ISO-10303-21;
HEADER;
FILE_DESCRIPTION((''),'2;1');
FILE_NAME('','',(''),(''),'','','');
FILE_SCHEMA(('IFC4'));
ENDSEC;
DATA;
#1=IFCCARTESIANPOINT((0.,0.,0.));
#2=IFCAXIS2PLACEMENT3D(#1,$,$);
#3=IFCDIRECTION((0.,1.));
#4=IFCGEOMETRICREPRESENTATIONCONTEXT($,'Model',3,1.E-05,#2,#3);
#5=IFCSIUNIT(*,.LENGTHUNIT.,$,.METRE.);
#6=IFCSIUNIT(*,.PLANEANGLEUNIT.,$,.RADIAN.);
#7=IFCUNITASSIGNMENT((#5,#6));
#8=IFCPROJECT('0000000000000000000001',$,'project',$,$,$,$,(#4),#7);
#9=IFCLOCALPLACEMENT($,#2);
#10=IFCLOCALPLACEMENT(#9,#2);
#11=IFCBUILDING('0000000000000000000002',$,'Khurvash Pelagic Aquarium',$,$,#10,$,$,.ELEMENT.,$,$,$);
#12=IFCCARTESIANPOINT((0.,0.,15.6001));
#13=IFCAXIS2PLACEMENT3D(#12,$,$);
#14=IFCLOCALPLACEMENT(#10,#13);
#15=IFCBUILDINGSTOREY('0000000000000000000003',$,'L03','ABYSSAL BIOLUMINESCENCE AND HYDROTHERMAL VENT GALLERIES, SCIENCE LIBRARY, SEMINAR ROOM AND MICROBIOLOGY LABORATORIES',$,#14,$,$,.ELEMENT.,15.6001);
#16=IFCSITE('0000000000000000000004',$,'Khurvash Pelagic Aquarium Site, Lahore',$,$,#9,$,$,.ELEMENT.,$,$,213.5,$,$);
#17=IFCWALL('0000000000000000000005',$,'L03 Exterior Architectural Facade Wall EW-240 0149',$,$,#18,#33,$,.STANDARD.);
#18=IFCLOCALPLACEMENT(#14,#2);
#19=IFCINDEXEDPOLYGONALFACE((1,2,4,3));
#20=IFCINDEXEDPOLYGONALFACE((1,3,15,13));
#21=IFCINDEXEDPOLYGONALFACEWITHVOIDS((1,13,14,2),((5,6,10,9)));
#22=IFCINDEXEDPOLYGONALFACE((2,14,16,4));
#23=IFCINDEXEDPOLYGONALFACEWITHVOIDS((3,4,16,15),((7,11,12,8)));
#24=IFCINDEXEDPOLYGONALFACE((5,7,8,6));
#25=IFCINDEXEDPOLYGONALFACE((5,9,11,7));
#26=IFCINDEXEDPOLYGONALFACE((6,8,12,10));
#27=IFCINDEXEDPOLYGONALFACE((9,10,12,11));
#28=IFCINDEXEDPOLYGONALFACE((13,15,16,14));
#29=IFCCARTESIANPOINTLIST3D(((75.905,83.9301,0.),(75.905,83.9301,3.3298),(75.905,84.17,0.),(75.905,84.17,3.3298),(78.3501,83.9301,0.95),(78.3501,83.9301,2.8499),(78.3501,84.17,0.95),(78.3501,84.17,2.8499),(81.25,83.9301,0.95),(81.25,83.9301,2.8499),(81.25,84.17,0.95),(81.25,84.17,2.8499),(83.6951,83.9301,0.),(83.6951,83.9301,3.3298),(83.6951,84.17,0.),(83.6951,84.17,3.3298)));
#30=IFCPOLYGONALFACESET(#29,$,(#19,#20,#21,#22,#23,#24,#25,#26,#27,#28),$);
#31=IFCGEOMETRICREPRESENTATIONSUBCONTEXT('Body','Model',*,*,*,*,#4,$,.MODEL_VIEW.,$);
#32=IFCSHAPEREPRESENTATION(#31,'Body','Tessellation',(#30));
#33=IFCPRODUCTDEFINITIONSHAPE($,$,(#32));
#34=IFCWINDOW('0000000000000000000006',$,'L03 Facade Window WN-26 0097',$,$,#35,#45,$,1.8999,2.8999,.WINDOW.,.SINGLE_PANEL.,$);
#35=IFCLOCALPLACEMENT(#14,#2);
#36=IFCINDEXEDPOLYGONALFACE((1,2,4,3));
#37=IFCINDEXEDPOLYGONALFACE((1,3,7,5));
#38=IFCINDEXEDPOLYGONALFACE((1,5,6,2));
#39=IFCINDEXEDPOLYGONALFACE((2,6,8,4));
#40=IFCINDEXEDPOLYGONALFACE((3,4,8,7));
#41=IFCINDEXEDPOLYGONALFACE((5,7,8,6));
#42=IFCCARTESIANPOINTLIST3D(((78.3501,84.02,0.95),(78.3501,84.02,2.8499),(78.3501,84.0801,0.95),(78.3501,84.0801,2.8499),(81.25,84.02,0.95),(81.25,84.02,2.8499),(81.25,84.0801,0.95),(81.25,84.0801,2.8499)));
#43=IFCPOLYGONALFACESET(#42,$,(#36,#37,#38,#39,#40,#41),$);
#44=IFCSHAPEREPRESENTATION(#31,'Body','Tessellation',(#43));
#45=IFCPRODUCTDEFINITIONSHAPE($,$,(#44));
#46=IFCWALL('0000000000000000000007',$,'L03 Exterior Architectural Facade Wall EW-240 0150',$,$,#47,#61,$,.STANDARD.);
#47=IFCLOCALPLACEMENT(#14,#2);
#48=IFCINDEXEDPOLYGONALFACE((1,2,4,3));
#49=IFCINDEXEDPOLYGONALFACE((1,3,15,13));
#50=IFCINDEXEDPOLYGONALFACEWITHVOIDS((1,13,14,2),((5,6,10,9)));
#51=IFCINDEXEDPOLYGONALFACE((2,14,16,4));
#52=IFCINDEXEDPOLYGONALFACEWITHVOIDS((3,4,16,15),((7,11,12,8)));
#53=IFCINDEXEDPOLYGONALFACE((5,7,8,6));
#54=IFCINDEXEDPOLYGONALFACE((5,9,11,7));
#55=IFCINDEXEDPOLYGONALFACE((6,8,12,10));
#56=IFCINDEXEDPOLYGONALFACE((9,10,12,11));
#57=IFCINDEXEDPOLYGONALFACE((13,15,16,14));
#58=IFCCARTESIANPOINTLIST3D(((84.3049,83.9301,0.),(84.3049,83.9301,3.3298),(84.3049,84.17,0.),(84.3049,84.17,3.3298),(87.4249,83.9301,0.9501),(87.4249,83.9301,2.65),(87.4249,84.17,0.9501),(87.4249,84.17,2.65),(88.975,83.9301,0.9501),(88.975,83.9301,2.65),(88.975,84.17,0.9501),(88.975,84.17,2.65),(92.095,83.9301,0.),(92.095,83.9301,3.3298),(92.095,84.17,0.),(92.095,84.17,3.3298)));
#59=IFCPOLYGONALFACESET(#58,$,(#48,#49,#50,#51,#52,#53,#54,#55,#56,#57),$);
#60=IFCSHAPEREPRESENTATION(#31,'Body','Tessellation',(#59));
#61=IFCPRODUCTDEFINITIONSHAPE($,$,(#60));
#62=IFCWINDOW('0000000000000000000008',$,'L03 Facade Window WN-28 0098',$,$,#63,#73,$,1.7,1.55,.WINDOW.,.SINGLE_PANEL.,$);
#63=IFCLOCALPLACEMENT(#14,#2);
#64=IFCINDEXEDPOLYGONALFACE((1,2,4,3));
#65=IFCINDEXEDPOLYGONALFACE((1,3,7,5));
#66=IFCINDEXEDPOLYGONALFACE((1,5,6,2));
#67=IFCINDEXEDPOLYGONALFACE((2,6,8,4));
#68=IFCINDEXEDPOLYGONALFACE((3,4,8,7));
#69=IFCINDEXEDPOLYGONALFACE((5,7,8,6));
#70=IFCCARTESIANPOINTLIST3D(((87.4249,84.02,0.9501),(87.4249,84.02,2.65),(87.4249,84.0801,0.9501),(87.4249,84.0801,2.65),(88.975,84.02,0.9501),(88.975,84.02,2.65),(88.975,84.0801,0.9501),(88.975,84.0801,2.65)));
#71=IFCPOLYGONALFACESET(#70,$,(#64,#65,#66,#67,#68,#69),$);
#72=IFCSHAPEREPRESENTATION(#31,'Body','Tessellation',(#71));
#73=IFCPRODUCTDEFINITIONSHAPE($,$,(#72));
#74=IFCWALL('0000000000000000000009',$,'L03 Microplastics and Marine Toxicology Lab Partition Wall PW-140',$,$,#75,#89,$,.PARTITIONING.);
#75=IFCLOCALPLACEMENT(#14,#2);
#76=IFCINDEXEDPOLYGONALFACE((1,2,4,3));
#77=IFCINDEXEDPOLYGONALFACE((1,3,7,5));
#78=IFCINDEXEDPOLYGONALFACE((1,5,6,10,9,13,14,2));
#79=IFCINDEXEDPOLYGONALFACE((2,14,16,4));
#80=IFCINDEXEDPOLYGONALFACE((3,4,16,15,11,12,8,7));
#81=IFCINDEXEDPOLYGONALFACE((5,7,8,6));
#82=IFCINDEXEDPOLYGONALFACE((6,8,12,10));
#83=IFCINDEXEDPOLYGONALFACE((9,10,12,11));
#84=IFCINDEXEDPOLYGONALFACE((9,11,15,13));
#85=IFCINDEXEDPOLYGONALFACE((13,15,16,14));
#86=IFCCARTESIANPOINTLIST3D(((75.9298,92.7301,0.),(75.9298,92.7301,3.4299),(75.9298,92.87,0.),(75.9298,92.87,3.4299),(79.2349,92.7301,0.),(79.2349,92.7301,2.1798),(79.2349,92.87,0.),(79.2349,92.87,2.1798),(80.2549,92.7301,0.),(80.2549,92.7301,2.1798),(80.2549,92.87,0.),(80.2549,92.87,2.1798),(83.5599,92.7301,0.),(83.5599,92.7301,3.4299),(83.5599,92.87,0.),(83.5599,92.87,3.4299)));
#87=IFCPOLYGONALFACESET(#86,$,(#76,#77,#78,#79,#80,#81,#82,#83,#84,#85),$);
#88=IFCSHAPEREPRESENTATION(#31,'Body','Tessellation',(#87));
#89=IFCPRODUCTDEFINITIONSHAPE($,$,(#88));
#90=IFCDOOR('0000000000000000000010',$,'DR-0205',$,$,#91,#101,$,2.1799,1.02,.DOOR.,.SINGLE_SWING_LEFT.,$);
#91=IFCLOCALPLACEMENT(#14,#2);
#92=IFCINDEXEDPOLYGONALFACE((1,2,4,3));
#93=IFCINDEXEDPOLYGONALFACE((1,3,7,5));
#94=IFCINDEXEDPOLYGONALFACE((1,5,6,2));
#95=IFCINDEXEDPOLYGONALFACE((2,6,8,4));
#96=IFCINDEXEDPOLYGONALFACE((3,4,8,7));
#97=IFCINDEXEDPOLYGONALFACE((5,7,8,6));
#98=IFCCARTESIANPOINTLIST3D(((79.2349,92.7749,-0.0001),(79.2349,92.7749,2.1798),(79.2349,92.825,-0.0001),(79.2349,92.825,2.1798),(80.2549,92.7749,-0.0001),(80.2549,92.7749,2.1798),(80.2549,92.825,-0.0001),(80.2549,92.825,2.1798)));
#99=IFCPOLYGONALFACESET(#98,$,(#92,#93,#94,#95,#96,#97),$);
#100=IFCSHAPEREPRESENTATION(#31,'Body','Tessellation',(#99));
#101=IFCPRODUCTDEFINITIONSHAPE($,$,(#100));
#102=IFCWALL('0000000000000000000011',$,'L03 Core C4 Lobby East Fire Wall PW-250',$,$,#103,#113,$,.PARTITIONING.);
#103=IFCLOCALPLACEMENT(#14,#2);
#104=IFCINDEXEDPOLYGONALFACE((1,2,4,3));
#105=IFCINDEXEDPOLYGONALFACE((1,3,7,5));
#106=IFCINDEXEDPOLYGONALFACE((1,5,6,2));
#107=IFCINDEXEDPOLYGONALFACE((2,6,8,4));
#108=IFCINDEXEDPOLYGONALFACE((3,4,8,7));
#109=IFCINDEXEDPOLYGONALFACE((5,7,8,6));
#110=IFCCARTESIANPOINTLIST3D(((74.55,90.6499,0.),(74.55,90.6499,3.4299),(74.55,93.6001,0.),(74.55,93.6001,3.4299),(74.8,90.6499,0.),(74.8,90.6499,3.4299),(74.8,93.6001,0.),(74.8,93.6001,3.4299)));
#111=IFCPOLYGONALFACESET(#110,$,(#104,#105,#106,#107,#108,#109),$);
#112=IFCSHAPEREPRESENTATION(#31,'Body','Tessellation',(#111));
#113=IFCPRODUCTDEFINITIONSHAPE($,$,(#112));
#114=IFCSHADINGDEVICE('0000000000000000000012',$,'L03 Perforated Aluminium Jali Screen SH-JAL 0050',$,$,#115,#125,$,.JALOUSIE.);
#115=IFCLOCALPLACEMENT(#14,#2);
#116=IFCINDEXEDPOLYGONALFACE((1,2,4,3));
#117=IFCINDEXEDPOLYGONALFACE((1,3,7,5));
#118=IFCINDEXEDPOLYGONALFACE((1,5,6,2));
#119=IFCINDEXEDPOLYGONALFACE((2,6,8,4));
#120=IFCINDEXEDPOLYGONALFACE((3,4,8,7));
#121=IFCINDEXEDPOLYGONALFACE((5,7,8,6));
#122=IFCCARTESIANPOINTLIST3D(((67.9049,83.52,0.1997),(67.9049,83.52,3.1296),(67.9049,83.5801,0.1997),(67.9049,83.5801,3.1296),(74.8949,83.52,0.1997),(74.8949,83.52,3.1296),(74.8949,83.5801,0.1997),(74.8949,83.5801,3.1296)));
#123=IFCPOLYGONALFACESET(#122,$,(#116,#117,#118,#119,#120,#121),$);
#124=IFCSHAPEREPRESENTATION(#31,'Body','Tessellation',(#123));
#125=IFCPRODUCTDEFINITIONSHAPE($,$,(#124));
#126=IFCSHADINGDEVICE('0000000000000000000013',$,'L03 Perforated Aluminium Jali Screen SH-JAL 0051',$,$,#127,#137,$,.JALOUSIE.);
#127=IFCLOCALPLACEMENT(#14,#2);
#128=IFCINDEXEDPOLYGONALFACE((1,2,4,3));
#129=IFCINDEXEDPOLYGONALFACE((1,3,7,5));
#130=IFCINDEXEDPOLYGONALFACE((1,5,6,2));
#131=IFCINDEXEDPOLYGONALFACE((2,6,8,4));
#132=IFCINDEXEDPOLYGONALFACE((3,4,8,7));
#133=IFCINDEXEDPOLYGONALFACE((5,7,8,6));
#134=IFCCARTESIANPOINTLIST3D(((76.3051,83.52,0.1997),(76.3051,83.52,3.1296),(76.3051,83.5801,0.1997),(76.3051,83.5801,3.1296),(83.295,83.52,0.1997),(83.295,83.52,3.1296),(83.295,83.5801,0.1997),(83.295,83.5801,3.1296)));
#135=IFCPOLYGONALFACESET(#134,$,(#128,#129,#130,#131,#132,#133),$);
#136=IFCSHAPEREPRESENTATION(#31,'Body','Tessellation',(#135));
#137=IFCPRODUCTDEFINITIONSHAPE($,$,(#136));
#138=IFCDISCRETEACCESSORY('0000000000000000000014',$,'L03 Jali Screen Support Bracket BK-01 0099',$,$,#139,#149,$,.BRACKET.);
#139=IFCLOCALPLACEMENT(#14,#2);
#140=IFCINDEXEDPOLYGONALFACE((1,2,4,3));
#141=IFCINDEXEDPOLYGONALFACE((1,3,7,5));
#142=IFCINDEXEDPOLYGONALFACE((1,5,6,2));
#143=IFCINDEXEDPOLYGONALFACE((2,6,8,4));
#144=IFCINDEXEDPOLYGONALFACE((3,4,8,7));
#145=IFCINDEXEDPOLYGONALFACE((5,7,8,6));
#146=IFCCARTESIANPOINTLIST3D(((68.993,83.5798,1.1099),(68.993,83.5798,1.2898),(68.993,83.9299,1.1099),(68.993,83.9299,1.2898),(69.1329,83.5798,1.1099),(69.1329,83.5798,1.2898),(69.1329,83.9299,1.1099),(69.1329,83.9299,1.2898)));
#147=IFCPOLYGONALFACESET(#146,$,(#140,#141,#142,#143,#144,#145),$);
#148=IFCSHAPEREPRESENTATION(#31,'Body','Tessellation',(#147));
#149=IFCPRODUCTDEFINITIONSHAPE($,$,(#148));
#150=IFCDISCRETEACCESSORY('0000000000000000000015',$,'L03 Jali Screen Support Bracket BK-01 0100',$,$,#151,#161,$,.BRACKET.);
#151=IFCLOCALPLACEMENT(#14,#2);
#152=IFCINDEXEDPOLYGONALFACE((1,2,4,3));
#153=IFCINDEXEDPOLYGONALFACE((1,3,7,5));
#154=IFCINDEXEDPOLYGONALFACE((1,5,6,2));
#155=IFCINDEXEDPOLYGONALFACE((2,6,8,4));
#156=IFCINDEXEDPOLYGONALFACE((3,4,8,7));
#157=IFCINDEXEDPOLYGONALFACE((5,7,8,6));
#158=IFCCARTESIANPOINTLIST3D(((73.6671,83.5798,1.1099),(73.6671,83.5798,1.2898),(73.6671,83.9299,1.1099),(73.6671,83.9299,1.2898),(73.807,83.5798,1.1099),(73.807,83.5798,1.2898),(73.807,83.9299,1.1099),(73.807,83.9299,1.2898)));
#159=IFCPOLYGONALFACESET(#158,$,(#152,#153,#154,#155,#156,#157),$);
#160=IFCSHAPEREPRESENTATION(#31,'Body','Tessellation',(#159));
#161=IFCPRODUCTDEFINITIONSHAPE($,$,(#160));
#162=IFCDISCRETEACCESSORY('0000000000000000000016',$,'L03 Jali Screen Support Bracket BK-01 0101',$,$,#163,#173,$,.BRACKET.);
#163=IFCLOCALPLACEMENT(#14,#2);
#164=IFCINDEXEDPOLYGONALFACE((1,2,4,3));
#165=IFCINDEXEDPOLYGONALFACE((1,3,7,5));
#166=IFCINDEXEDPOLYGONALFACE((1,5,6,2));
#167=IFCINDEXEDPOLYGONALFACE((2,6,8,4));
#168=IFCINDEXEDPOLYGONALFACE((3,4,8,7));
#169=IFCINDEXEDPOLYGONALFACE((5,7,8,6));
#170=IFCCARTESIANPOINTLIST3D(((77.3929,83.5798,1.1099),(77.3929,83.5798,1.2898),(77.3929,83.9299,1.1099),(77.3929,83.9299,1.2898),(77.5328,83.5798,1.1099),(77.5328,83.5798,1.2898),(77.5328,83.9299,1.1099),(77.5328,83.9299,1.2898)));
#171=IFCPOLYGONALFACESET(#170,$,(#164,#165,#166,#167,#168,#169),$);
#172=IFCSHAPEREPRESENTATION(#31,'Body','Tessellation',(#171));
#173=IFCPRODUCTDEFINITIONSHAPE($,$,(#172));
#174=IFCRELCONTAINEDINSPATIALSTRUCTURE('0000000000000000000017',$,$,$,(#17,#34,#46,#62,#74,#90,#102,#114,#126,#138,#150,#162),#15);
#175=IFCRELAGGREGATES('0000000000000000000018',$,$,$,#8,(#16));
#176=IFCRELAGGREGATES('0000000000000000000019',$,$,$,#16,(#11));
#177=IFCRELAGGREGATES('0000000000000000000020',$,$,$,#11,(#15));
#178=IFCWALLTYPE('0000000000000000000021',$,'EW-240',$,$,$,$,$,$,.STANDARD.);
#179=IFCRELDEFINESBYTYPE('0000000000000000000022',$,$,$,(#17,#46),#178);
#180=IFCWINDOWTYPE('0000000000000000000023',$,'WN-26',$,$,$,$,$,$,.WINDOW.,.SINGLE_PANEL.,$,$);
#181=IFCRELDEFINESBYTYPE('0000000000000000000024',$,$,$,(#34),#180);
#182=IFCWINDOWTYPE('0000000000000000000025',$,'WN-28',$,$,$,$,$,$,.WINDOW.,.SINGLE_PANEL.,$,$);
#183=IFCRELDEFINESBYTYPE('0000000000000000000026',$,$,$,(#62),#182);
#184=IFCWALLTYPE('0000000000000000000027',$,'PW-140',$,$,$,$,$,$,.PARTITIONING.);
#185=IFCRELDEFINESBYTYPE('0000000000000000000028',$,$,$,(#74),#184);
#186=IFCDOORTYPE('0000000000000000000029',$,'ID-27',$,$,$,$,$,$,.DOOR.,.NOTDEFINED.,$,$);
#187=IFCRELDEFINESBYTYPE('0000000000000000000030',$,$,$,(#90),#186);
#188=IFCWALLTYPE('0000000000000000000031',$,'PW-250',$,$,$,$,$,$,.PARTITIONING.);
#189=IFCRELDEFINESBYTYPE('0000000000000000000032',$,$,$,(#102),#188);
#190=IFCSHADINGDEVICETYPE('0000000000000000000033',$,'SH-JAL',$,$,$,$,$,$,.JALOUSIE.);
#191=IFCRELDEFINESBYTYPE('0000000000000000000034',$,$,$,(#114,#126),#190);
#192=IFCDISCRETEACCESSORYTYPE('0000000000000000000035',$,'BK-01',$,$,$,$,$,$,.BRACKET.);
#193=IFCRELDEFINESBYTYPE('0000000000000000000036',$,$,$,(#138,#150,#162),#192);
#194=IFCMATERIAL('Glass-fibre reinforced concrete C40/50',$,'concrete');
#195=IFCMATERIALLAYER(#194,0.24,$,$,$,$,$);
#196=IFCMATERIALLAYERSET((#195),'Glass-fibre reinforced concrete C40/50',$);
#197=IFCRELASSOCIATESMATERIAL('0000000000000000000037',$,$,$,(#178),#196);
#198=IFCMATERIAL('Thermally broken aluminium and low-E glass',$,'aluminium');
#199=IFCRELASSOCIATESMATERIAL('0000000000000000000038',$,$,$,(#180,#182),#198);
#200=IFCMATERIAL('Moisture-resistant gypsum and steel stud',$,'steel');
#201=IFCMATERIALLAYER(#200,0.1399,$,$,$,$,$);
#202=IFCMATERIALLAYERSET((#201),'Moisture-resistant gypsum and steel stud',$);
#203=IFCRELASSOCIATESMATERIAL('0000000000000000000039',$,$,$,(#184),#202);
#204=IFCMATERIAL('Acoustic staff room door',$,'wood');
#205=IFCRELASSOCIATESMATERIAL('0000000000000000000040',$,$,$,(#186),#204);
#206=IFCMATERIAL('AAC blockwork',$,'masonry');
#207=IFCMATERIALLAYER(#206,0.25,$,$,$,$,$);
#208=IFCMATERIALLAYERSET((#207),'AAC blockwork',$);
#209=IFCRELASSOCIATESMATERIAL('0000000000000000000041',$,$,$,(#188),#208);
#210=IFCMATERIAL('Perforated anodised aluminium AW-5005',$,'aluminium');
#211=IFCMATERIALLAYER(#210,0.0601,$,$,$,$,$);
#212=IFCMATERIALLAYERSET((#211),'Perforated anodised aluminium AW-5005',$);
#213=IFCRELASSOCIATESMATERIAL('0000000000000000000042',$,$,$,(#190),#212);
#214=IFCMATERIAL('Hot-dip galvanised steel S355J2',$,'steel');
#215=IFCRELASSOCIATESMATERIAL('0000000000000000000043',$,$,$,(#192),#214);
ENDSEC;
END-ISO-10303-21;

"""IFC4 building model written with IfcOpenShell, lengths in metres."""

from ifc_helpers import new_model, si_unit, direction, frame, frame_2d, origin, origin_2d, place, context, subcontext, project, spatial, rectangle, extrude, material, layer, layer_set, type_object, element, fill, save


model = new_model("IFC4")

# Units and contexts
model_context = context("Model", 3, precision=1e-05, world=origin(), true_north=direction((0.0, 1.0)))
body_context = subcontext(model_context, "Body", "Model", "MODEL_VIEW")
ifc_project = project(units=[si_unit("LENGTHUNIT", "METRE"), si_unit("PLANEANGLEUNIT", "RADIAN")], contexts=[model_context])

# Site, building, storey
site_placement = place(None, origin())
site = spatial("IfcSite", under=ifc_project, at=site_placement, Name="Khurvash Pelagic Aquarium Site, Lahore", CompositionType="ELEMENT", RefElevation=213.5)
building_placement = place(site_placement, origin())
building = spatial("IfcBuilding", under=site, at=building_placement, Name="Khurvash Pelagic Aquarium", CompositionType="ELEMENT")
storey_placement = place(building_placement, frame((0.0, 0.0, 15.6001)))
storey = spatial("IfcBuildingStorey", under=building, at=storey_placement, Name="L03", Description="ABYSSAL BIOLUMINESCENCE AND HYDROTHERMAL VENT GALLERIES, SCIENCE LIBRARY, SEMINAR ROOM AND MICROBIOLOGY LABORATORIES", CompositionType="ELEMENT", Elevation=15.6001)

# Walls, openings, windows
ifc_material_1 = material(Name="Glass-fibre reinforced concrete C40/50", Category="concrete")
ifc_layer_1 = layer(ifc_material_1, 0.24)
ifc_layer_set_1 = layer_set([ifc_layer_1], Name="Glass-fibre reinforced concrete C40/50")
wall_type_1 = type_object("IfcWallType", Name="EW-240", PredefinedType="STANDARD", material=ifc_layer_set_1)
wall_1_placement = place(storey_placement, frame((75.905, 84.05, 0.0), z_axis=(0.0, 0.0, 1.0), x_axis=(1.0, 0.0, 0.0)))
wall_1 = element("IfcWall", 1, at=wall_1_placement, inside=storey, type_object=wall_type_1, Name="L03 Exterior Architectural Facade Wall EW-240 0149", PredefinedType="STANDARD", context=body_context, shape_type="SweptSolid", body=[
    extrude(rectangle(XDim=7.79, YDim=0.24, at=frame_2d((3.895, 0.0))), origin(), (0.0, 0.0, 1.0), 3.3298),
])
opening_1_placement = place(wall_1_placement, frame((2.4451, 0.0, 0.95)))
opening_1 = element("IfcOpeningElement", 2, at=opening_1_placement, cuts=wall_1, PredefinedType="OPENING", context=body_context, shape_type="SweptSolid", body=[
    extrude(rectangle(XDim=2.8999, YDim=1.8999, at=frame_2d((1.45, 0.95))), frame((0.0, 0.1299, 0.0), z_axis=(0.0, -1.0, 0.0), x_axis=(1.0, 0.0, 0.0)), (0.0, 0.0, 1.0), 0.26),
])
ifc_material_2 = material(Name="Thermally broken aluminium and low-E glass", Category="aluminium")
window_type_1 = type_object("IfcWindowType", Name="WN-26", PartitioningType="SINGLE_PANEL", PredefinedType="WINDOW", material=ifc_material_2)
window_1_placement = place(opening_1_placement, origin())
window_1 = element("IfcWindow", 3, at=window_1_placement, inside=storey, type_object=window_type_1, Name="L03 Facade Window WN-26 0097", OverallHeight=1.8999, OverallWidth=2.8999, PartitioningType="SINGLE_PANEL", PredefinedType="WINDOW", context=body_context, shape_type="SweptSolid", body=[
    extrude(rectangle(XDim=2.8999, YDim=1.8999, at=frame_2d((1.45, 0.95))), frame((0.0, 0.03, 0.0), z_axis=(0.0, -1.0, 0.0), x_axis=(1.0, 0.0, 0.0)), (0.0, 0.0, 1.0), 0.0601),
])
fill(opening_1, window_1)
wall_2_placement = place(storey_placement, frame((84.3049, 84.05, 0.0), z_axis=(0.0, 0.0, 1.0), x_axis=(1.0, 0.0, 0.0)))
wall_2 = element("IfcWall", 4, at=wall_2_placement, inside=storey, type_object=wall_type_1, Name="L03 Exterior Architectural Facade Wall EW-240 0150", PredefinedType="STANDARD", context=body_context, shape_type="SweptSolid", body=[
    extrude(rectangle(XDim=7.79, YDim=0.24, at=frame_2d((3.895, 0.0))), origin(), (0.0, 0.0, 1.0), 3.3298),
])
opening_2_placement = place(wall_2_placement, frame((3.1201, 0.0, 0.95)))
opening_2 = element("IfcOpeningElement", 5, at=opening_2_placement, cuts=wall_2, PredefinedType="OPENING", context=body_context, shape_type="SweptSolid", body=[
    extrude(rectangle(XDim=1.55, YDim=1.7, at=frame_2d((0.7749, 0.8501))), frame((0.0, 0.1299, 0.0), z_axis=(0.0, -1.0, 0.0), x_axis=(1.0, 0.0, 0.0)), (0.0, 0.0, 1.0), 0.26),
])
window_type_2 = type_object("IfcWindowType", Name="WN-28", PartitioningType="SINGLE_PANEL", PredefinedType="WINDOW", material=ifc_material_2)
window_2_placement = place(opening_2_placement, origin())
window_2 = element("IfcWindow", 6, at=window_2_placement, inside=storey, type_object=window_type_2, Name="L03 Facade Window WN-28 0098", OverallHeight=1.7, OverallWidth=1.55, PartitioningType="SINGLE_PANEL", PredefinedType="WINDOW", context=body_context, shape_type="SweptSolid", body=[
    extrude(rectangle(XDim=1.55, YDim=1.7, at=frame_2d((0.7749, 0.8501))), frame((0.0, 0.03, 0.0), z_axis=(0.0, -1.0, 0.0), x_axis=(1.0, 0.0, 0.0)), (0.0, 0.0, 1.0), 0.0601),
])
fill(opening_2, window_2)

# Wall, opening, door
ifc_material_3 = material(Name="Moisture-resistant gypsum and steel stud", Category="steel")
ifc_layer_2 = layer(ifc_material_3, 0.1399)
ifc_layer_set_2 = layer_set([ifc_layer_2], Name="Moisture-resistant gypsum and steel stud")
wall_type_2 = type_object("IfcWallType", Name="PW-140", PredefinedType="PARTITIONING", material=ifc_layer_set_2)
wall_3_placement = place(storey_placement, frame((75.9299, 92.8, 0.0), z_axis=(0.0, 0.0, 1.0), x_axis=(1.0, 0.0, 0.0)))
wall_3 = element("IfcWall", 7, at=wall_3_placement, inside=storey, type_object=wall_type_2, Name="L03 Microplastics and Marine Toxicology Lab Partition Wall PW-140", PredefinedType="PARTITIONING", context=body_context, shape_type="SweptSolid", body=[
    extrude(rectangle(XDim=7.6301, YDim=0.1399, at=frame_2d((3.8149, 0.0))), origin(), (0.0, 0.0, 1.0), 3.4299),
])
opening_3_placement = place(wall_3_placement, frame((3.3049, 0.0, 0.0)))
opening_3 = element("IfcOpeningElement", 8, at=opening_3_placement, cuts=wall_3, PredefinedType="OPENING", context=body_context, shape_type="SweptSolid", body=[
    extrude(rectangle(XDim=1.02, YDim=2.1799, at=frame_2d((0.51, 1.0898))), frame((0.0, 0.0801, 0.0), z_axis=(0.0, -1.0, 0.0), x_axis=(1.0, 0.0, 0.0)), (0.0, 0.0, 1.0), 0.1599),
])
ifc_material_4 = material(Name="Acoustic staff room door", Category="wood")
door_type = type_object("IfcDoorType", Name="ID-27", OperationType="NOTDEFINED", PredefinedType="DOOR", material=ifc_material_4)
door_placement = place(opening_3_placement, origin())
door = element("IfcDoor", 9, at=door_placement, inside=storey, type_object=door_type, Name="DR-0205", OperationType="SINGLE_SWING_LEFT", OverallHeight=2.1799, OverallWidth=1.02, PredefinedType="DOOR", context=body_context, shape_type="SweptSolid", body=[
    extrude(rectangle(XDim=1.02, YDim=2.1799, at=frame_2d((0.51, 1.0898))), frame((0.0, 0.0249, 0.0), z_axis=(0.0, -1.0, 0.0), x_axis=(1.0, 0.0, 0.0)), (0.0, 0.0, 1.0), 0.05),
])
fill(opening_3, door)

# Wall
ifc_material_5 = material(Name="AAC blockwork", Category="masonry")
ifc_layer_3 = layer(ifc_material_5, 0.25)
ifc_layer_set_3 = layer_set([ifc_layer_3], Name="AAC blockwork")
wall_type_3 = type_object("IfcWallType", Name="PW-250", PredefinedType="PARTITIONING", material=ifc_layer_set_3)
wall_4_placement = place(storey_placement, frame((74.675, 90.6499, 0.0), z_axis=(0.0, 0.0, 1.0), x_axis=(0.0, 1.0, 0.0)))
element("IfcWall", 10, at=wall_4_placement, inside=storey, type_object=wall_type_3, Name="L03 Core C4 Lobby East Fire Wall PW-250", PredefinedType="PARTITIONING", context=body_context, shape_type="SweptSolid", body=[
    extrude(rectangle(XDim=2.9502, YDim=0.25, at=frame_2d((1.4751, 0.0))), origin(), (0.0, 0.0, 1.0), 3.4299),
])

# Shading devices
ifc_material_6 = material(Name="Perforated anodised aluminium AW-5005", Category="aluminium")
ifc_layer_4 = layer(ifc_material_6, 0.0601)
ifc_layer_set_4 = layer_set([ifc_layer_4], Name="Perforated anodised aluminium AW-5005")
shading_device_type = type_object("IfcShadingDeviceType", Name="SH-JAL", PredefinedType="JALOUSIE", material=ifc_layer_set_4)
for number, where, z_axis, x_axis, name in (
    (11, (71.3999, 83.55, 0.1997), (0.0, 0.0, 1.0), (1.0, 0.0, 0.0), "L03 Perforated Aluminium Jali Screen SH-JAL 0050"),
    (12, (79.8, 83.55, 0.1997), (0.0, 0.0, 1.0), (1.0, 0.0, 0.0), "L03 Perforated Aluminium Jali Screen SH-JAL 0051"),
):
    element("IfcShadingDevice", number, at=place(storey_placement, frame(where, z_axis=z_axis, x_axis=x_axis)), inside=storey, type_object=shading_device_type, Name=name, PredefinedType="JALOUSIE", context=body_context, shape_type="SweptSolid", body=[
        extrude(rectangle(XDim=6.99, YDim=0.0601, at=origin_2d()), origin(), (0.0, 0.0, 1.0), 2.9299),
    ])

# Discrete accessories
ifc_material_7 = material(Name="Hot-dip galvanised steel S355J2", Category="steel")
discrete_accessory_type = type_object("IfcDiscreteAccessoryType", Name="BK-01", PredefinedType="BRACKET", material=ifc_material_7)
for number, where, z_axis, x_axis, name in (
    (13, (69.063, 83.7549, 1.1099), (0.0, 0.0, 1.0), (1.0, 0.0, 0.0), "L03 Jali Screen Support Bracket BK-01 0099"),
    (14, (73.7371, 83.7549, 1.1099), (0.0, 0.0, 1.0), (1.0, 0.0, 0.0), "L03 Jali Screen Support Bracket BK-01 0100"),
    (15, (77.4629, 83.7549, 1.1099), (0.0, 0.0, 1.0), (1.0, 0.0, 0.0), "L03 Jali Screen Support Bracket BK-01 0101"),
):
    element("IfcDiscreteAccessory", number, at=place(storey_placement, frame(where, z_axis=z_axis, x_axis=x_axis)), inside=storey, type_object=discrete_accessory_type, Name=name, PredefinedType="BRACKET", context=body_context, shape_type="SweptSolid", body=[
        extrude(rectangle(XDim=0.1399, YDim=0.3501, at=origin_2d()), origin(), (0.0, 0.0, 1.0), 0.1799),
    ])

save(model, "model.ifc")
